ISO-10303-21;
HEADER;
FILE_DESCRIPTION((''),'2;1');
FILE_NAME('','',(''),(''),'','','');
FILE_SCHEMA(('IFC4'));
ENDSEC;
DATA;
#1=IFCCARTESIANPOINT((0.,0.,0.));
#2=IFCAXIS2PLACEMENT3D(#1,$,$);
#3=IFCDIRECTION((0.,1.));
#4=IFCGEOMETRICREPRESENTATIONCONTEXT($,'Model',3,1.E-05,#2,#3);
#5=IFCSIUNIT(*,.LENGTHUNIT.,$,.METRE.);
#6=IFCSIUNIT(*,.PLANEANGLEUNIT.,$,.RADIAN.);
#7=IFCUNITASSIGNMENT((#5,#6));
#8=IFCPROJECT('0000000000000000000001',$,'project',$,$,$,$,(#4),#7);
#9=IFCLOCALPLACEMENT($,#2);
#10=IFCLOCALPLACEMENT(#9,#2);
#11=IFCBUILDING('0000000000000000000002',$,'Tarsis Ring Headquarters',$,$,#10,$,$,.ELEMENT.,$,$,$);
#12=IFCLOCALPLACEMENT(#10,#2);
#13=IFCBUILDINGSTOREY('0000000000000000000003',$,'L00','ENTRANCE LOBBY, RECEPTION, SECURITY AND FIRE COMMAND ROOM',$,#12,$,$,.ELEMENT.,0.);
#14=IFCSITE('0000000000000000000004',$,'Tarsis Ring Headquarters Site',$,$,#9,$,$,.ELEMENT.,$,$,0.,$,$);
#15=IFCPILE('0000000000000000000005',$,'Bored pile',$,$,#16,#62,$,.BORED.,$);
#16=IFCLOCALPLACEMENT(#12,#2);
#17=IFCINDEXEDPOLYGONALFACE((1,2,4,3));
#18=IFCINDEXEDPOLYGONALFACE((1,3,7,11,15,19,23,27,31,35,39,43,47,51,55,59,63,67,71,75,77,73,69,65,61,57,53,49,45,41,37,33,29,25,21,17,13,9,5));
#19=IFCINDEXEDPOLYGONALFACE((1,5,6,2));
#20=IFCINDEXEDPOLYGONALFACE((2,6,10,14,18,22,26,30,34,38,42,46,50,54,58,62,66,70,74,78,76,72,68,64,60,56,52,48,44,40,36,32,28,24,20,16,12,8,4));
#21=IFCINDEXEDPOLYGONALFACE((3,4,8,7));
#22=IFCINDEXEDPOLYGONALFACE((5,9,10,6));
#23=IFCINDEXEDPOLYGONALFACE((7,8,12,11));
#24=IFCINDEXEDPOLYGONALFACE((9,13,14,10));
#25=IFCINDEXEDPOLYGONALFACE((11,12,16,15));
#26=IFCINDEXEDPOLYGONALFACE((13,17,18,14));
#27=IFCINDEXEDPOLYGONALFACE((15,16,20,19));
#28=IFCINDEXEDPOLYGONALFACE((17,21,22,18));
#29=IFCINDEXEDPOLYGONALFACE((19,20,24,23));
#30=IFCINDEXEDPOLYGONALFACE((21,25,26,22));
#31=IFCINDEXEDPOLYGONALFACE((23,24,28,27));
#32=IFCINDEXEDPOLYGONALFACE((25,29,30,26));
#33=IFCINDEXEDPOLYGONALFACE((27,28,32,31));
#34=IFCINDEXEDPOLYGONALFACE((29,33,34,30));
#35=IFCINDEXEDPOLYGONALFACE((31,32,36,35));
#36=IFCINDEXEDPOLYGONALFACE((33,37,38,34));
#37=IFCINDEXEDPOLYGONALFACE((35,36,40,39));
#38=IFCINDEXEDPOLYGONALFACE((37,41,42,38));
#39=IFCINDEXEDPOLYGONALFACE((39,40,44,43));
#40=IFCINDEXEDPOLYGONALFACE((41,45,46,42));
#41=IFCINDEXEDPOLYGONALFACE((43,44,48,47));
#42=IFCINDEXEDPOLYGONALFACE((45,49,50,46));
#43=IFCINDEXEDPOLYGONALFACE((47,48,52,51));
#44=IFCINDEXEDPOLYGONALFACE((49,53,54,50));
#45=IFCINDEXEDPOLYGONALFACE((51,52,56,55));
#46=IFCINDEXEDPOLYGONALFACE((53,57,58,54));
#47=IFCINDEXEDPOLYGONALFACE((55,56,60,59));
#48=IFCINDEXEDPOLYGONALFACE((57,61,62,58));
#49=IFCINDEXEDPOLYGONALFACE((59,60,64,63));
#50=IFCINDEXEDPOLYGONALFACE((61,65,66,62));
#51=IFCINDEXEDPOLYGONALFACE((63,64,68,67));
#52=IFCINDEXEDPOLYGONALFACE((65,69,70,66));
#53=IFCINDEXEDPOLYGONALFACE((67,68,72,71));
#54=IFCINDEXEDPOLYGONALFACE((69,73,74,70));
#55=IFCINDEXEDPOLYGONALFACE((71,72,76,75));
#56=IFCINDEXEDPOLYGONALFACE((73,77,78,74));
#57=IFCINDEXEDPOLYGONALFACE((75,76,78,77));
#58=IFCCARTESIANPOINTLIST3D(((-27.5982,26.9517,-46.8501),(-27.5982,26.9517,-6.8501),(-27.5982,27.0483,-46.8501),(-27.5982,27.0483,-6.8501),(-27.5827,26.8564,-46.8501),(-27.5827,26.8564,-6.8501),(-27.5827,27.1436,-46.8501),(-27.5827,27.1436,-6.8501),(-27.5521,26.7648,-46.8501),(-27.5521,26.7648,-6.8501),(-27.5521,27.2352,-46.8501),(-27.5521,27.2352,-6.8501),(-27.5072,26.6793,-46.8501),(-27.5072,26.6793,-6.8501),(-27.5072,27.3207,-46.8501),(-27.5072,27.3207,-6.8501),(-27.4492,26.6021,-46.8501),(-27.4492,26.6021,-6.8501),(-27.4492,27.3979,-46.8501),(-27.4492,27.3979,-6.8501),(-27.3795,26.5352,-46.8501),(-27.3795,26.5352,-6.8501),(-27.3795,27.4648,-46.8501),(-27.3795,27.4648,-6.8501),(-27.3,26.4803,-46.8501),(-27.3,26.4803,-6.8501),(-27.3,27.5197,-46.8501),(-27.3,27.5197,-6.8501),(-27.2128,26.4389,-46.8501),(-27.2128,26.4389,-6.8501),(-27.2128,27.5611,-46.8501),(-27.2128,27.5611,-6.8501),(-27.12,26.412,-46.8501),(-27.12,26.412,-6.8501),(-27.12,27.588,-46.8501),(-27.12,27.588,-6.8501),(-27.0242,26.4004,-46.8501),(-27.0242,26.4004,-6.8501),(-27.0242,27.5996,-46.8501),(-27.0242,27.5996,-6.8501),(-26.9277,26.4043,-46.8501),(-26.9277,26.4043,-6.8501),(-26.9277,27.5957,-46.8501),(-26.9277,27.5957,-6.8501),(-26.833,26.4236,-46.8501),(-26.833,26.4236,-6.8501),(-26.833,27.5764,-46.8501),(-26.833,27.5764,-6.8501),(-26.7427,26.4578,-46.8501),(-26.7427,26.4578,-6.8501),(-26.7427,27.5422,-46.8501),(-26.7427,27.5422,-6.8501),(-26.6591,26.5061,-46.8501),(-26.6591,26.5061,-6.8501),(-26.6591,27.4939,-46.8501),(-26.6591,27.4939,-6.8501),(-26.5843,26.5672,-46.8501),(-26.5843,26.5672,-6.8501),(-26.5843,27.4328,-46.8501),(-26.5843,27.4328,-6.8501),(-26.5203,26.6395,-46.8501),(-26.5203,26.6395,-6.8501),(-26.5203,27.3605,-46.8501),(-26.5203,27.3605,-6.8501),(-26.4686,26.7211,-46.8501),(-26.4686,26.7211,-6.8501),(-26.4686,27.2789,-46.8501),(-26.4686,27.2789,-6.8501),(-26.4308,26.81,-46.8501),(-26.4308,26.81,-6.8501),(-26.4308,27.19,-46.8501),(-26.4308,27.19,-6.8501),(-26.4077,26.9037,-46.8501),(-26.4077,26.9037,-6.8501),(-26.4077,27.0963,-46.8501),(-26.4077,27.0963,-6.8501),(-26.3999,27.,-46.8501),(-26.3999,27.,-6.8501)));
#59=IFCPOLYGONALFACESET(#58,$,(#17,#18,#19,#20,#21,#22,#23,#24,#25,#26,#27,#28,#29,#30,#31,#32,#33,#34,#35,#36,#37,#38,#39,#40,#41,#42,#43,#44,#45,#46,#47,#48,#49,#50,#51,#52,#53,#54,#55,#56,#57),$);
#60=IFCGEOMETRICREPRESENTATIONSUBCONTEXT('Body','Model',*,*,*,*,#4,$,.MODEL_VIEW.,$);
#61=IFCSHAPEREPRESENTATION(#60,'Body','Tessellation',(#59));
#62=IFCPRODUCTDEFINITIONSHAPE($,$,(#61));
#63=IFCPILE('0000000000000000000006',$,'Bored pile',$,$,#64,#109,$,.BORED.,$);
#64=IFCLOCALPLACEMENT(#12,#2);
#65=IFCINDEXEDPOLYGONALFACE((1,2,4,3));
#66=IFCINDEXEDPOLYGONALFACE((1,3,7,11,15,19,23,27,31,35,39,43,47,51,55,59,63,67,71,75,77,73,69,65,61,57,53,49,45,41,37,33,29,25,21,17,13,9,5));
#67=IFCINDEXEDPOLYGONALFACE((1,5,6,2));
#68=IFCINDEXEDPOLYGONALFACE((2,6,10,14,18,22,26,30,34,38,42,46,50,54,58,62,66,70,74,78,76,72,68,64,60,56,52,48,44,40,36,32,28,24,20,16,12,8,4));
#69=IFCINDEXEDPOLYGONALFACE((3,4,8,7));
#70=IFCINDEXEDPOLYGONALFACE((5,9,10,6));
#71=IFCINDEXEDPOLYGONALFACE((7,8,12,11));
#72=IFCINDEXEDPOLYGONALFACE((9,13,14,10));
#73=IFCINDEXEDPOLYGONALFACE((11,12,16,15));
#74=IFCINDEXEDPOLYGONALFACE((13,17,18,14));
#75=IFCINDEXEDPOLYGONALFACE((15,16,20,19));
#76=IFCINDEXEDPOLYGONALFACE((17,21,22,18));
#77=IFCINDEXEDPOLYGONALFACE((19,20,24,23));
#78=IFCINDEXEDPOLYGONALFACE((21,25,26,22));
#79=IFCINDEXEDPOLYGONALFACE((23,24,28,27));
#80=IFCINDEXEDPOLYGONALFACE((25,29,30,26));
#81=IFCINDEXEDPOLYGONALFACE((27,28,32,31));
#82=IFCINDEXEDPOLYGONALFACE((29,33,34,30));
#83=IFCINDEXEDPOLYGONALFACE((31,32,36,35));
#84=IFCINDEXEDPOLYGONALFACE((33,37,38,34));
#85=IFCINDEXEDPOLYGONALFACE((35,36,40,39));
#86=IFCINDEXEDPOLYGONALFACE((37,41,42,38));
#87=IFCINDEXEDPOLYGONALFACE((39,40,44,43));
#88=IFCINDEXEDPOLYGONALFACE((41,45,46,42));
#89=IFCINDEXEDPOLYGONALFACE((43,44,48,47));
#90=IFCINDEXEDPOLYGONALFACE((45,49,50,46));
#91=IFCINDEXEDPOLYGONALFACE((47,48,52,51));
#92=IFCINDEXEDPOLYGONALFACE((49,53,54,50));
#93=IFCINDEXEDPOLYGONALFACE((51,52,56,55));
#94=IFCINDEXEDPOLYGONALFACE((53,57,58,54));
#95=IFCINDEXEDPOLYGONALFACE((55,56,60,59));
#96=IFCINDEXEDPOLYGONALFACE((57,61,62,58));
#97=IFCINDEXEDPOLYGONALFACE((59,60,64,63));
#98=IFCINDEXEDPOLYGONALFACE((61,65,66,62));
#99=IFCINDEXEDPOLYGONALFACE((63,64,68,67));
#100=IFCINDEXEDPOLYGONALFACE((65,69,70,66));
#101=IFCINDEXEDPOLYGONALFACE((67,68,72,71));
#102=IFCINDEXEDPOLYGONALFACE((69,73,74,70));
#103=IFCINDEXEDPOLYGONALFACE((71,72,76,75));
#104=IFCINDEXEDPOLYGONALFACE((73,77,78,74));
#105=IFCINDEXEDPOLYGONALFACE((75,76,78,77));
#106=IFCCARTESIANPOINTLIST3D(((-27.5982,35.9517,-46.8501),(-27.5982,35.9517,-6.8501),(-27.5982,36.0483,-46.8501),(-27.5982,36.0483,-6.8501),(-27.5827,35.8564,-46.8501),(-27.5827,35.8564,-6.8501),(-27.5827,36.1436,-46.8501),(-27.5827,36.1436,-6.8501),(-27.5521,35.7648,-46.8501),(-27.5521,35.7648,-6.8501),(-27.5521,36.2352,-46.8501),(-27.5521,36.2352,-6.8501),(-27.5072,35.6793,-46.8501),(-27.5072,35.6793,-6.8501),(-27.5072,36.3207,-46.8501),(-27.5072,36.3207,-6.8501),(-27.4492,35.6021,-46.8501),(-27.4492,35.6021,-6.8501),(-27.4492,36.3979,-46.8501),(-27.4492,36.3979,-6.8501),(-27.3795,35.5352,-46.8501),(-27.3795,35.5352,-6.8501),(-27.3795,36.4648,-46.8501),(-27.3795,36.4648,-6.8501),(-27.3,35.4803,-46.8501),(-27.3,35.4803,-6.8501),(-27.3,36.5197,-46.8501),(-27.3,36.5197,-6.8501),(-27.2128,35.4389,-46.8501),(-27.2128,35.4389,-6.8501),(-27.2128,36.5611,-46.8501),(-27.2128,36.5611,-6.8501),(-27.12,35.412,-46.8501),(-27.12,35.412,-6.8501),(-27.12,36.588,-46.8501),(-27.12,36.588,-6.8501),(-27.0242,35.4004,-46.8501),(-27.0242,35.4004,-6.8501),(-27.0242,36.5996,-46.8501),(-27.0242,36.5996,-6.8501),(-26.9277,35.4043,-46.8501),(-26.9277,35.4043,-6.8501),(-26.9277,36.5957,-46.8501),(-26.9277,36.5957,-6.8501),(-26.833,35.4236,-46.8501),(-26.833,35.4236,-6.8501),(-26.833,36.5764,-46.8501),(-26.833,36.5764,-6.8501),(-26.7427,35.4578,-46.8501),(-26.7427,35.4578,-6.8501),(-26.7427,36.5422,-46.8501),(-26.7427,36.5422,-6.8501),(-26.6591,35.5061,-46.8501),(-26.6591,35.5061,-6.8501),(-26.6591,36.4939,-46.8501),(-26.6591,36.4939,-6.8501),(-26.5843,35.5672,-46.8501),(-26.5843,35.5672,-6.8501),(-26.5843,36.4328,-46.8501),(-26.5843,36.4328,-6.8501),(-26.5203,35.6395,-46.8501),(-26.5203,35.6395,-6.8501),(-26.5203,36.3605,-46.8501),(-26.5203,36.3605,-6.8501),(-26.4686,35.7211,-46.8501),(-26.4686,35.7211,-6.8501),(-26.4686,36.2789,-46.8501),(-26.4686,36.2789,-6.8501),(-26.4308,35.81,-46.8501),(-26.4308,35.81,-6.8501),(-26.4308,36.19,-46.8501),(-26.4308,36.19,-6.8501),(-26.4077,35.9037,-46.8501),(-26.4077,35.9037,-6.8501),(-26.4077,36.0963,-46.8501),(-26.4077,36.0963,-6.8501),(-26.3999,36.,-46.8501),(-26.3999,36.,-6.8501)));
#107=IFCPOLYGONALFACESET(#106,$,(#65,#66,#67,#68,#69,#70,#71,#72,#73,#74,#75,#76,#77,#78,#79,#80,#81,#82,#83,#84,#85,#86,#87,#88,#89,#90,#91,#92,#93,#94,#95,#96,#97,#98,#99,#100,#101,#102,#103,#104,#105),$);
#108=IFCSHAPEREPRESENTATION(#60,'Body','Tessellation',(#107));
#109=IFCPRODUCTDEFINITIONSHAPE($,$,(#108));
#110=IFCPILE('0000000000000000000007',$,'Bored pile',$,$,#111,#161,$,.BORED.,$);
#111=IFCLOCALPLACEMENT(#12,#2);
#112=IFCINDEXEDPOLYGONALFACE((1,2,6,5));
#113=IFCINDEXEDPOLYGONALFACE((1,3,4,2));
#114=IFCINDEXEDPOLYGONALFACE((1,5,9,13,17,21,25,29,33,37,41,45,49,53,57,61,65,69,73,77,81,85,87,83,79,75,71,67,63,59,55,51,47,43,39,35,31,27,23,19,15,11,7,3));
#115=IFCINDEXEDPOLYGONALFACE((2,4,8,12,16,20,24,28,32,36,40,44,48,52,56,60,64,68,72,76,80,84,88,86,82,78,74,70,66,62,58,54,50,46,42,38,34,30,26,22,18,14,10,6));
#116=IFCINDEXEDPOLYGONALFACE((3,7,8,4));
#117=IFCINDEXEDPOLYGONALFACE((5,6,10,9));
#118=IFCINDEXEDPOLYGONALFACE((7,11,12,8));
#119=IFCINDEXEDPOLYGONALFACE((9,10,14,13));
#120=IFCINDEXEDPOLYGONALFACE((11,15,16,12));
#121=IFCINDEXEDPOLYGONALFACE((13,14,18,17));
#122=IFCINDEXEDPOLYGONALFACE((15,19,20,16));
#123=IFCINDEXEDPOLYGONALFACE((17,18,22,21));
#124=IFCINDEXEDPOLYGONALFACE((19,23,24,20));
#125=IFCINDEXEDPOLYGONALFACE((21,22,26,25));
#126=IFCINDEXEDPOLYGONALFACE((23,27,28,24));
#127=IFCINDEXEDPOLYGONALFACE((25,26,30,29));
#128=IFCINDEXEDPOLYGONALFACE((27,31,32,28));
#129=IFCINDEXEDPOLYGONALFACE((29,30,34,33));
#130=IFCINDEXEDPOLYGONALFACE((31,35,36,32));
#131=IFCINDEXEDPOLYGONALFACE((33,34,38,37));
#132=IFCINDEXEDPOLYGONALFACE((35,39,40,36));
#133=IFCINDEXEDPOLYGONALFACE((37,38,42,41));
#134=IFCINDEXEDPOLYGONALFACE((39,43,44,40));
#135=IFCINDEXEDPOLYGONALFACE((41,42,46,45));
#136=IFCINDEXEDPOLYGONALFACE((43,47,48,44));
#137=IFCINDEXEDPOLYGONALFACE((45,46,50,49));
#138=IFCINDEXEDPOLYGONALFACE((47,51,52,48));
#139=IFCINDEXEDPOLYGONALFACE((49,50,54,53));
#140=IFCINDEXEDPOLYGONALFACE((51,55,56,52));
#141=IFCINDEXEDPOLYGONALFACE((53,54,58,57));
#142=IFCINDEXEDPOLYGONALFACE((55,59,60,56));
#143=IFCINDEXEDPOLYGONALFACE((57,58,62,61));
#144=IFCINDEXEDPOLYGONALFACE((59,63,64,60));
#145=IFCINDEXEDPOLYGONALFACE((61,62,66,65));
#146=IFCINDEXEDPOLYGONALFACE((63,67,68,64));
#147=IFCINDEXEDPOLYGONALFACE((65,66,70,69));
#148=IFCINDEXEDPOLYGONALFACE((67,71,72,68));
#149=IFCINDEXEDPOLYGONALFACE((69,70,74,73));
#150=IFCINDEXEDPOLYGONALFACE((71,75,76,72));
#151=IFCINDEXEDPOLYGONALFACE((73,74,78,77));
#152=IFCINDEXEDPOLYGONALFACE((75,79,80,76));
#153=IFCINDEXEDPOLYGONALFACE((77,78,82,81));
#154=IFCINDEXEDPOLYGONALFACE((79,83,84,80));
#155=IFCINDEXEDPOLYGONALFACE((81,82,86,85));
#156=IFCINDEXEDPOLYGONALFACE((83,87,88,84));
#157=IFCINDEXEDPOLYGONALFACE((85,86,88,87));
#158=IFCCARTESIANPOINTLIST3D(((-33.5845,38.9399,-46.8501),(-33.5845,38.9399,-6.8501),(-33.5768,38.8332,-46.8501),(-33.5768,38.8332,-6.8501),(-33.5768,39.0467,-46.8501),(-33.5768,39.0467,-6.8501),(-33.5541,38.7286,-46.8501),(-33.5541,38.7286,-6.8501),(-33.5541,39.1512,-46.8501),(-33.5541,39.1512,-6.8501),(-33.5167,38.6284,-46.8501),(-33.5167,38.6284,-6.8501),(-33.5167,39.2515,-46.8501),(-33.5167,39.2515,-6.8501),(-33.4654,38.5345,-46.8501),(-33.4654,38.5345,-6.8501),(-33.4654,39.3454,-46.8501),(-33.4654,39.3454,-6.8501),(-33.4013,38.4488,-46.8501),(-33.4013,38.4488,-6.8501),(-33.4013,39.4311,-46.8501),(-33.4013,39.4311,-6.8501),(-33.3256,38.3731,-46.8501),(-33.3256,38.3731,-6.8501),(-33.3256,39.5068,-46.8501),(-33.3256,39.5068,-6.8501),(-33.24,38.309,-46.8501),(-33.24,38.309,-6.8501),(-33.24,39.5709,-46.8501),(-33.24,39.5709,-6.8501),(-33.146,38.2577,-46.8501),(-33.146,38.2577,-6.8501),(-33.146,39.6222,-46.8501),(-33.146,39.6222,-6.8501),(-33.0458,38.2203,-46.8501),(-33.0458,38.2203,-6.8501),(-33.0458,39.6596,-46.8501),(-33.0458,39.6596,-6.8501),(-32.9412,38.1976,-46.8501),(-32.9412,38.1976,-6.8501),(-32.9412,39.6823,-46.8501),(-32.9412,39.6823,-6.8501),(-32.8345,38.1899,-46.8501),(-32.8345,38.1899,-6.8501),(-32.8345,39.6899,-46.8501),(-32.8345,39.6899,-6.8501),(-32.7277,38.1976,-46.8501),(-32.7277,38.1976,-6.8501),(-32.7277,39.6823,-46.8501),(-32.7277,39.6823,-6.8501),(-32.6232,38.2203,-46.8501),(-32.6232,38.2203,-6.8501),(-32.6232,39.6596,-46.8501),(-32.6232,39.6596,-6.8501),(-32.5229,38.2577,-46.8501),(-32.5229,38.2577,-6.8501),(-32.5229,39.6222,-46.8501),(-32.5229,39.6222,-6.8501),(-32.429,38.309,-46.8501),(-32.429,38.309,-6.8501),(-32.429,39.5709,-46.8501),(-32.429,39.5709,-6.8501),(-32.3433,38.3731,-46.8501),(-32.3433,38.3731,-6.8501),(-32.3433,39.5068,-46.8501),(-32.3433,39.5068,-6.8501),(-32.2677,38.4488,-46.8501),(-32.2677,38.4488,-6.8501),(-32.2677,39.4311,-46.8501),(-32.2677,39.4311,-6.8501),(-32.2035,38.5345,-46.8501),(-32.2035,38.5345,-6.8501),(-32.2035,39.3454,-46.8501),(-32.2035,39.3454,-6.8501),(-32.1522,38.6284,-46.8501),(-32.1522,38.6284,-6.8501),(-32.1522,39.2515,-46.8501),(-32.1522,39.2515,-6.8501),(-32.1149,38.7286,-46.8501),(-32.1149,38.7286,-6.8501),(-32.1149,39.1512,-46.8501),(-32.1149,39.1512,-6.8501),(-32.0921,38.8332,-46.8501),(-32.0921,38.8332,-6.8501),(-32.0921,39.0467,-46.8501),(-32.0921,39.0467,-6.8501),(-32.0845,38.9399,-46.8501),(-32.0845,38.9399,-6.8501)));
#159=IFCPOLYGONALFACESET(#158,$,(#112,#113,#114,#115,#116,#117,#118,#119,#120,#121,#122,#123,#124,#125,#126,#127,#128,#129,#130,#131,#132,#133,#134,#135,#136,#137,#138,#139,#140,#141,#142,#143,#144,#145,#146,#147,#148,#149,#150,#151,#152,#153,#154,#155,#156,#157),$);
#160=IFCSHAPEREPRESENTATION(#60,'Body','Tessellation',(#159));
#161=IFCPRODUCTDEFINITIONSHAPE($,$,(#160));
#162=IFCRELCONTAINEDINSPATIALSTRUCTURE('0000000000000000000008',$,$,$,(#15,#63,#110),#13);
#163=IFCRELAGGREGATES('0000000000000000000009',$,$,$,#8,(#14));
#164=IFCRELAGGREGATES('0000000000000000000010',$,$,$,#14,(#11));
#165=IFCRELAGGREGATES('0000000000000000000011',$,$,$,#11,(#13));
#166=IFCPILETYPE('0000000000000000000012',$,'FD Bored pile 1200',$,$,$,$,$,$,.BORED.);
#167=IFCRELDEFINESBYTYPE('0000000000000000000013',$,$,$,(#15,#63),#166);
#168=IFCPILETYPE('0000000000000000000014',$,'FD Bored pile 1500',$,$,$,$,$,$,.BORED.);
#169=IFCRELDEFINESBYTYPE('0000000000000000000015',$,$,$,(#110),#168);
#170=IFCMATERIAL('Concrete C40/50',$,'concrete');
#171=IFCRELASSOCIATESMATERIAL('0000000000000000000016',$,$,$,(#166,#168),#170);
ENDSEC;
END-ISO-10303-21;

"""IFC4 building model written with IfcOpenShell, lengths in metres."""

from ifc_helpers import new_model, si_unit, direction, frame, origin, origin_2d, place, context, subcontext, project, spatial, circle, extrude, material, material_profile, profile_set, type_object, element, save


model = new_model("IFC4")

# Units and contexts
model_context = context("Model", 3, precision=1e-05, world=origin(), true_north=direction((0.0, 1.0)))
body_context = subcontext(model_context, "Body", "Model", "MODEL_VIEW")
ifc_project = project(units=[si_unit("LENGTHUNIT", "METRE"), si_unit("PLANEANGLEUNIT", "RADIAN")], contexts=[model_context])

# Site, building, storey
site_placement = place(None, origin())
site = spatial("IfcSite", under=ifc_project, at=site_placement, Name="Tarsis Ring Headquarters Site", CompositionType="ELEMENT", RefElevation=0.0)
building_placement = place(site_placement, origin())
building = spatial("IfcBuilding", under=site, at=building_placement, Name="Tarsis Ring Headquarters", CompositionType="ELEMENT")
storey_placement = place(building_placement, origin())
storey = spatial("IfcBuildingStorey", under=building, at=storey_placement, Name="L00", Description="ENTRANCE LOBBY, RECEPTION, SECURITY AND FIRE COMMAND ROOM", CompositionType="ELEMENT", Elevation=0.0)

# Piles
ifc_material_1 = material(Name="Concrete C40/50", Category="concrete")
ifc_material_profile_1 = material_profile(ifc_material_1, circle(Radius=0.6001, at=origin_2d()), Name="BORED 1200")
ifc_profile_set_1 = profile_set([ifc_material_profile_1], Name="Concrete C40/50")
pile_type_1 = type_object("IfcPileType", Name="FD Bored pile 1200", PredefinedType="BORED", material=ifc_profile_set_1)
for number, where, z_axis, x_axis, name in (
    (1, (-27.0, 27.0, -6.8501), (0.0, 0.0, -1.0), (1.0, 0.0, 0.0), "Bored pile"),
    (2, (-27.0, 36.0, -6.8501), (0.0, 0.0, -1.0), (1.0, 0.0, 0.0), "Bored pile"),
):
    element("IfcPile", number, at=place(storey_placement, frame(where, z_axis=z_axis, x_axis=x_axis)), inside=storey, type_object=pile_type_1, Name=name, PredefinedType="BORED", context=body_context, shape_type="SweptSolid", body=[
        extrude(circle(Radius=0.6001, at=origin_2d()), origin(), (0.0, 0.0, 1.0), 40.0),
    ])
ifc_material_profile_2 = material_profile(ifc_material_1, circle(Radius=0.75, at=origin_2d()), Name="BORED 1500")
ifc_profile_set_2 = profile_set([ifc_material_profile_2], Name="Concrete C40/50")
pile_type_2 = type_object("IfcPileType", Name="FD Bored pile 1500", PredefinedType="BORED", material=ifc_profile_set_2)
for number, where, z_axis, x_axis, name in (
    (3, (-32.8345, 38.9399, -6.8501), (0.0, 0.0, -1.0), (1.0, 0.0, 0.0), "Bored pile"),
):
    element("IfcPile", number, at=place(storey_placement, frame(where, z_axis=z_axis, x_axis=x_axis)), inside=storey, type_object=pile_type_2, Name=name, PredefinedType="BORED", context=body_context, shape_type="SweptSolid", body=[
        extrude(circle(Radius=0.75, at=origin_2d()), origin(), (0.0, 0.0, 1.0), 40.0),
    ])

save(model, "model.ifc")
